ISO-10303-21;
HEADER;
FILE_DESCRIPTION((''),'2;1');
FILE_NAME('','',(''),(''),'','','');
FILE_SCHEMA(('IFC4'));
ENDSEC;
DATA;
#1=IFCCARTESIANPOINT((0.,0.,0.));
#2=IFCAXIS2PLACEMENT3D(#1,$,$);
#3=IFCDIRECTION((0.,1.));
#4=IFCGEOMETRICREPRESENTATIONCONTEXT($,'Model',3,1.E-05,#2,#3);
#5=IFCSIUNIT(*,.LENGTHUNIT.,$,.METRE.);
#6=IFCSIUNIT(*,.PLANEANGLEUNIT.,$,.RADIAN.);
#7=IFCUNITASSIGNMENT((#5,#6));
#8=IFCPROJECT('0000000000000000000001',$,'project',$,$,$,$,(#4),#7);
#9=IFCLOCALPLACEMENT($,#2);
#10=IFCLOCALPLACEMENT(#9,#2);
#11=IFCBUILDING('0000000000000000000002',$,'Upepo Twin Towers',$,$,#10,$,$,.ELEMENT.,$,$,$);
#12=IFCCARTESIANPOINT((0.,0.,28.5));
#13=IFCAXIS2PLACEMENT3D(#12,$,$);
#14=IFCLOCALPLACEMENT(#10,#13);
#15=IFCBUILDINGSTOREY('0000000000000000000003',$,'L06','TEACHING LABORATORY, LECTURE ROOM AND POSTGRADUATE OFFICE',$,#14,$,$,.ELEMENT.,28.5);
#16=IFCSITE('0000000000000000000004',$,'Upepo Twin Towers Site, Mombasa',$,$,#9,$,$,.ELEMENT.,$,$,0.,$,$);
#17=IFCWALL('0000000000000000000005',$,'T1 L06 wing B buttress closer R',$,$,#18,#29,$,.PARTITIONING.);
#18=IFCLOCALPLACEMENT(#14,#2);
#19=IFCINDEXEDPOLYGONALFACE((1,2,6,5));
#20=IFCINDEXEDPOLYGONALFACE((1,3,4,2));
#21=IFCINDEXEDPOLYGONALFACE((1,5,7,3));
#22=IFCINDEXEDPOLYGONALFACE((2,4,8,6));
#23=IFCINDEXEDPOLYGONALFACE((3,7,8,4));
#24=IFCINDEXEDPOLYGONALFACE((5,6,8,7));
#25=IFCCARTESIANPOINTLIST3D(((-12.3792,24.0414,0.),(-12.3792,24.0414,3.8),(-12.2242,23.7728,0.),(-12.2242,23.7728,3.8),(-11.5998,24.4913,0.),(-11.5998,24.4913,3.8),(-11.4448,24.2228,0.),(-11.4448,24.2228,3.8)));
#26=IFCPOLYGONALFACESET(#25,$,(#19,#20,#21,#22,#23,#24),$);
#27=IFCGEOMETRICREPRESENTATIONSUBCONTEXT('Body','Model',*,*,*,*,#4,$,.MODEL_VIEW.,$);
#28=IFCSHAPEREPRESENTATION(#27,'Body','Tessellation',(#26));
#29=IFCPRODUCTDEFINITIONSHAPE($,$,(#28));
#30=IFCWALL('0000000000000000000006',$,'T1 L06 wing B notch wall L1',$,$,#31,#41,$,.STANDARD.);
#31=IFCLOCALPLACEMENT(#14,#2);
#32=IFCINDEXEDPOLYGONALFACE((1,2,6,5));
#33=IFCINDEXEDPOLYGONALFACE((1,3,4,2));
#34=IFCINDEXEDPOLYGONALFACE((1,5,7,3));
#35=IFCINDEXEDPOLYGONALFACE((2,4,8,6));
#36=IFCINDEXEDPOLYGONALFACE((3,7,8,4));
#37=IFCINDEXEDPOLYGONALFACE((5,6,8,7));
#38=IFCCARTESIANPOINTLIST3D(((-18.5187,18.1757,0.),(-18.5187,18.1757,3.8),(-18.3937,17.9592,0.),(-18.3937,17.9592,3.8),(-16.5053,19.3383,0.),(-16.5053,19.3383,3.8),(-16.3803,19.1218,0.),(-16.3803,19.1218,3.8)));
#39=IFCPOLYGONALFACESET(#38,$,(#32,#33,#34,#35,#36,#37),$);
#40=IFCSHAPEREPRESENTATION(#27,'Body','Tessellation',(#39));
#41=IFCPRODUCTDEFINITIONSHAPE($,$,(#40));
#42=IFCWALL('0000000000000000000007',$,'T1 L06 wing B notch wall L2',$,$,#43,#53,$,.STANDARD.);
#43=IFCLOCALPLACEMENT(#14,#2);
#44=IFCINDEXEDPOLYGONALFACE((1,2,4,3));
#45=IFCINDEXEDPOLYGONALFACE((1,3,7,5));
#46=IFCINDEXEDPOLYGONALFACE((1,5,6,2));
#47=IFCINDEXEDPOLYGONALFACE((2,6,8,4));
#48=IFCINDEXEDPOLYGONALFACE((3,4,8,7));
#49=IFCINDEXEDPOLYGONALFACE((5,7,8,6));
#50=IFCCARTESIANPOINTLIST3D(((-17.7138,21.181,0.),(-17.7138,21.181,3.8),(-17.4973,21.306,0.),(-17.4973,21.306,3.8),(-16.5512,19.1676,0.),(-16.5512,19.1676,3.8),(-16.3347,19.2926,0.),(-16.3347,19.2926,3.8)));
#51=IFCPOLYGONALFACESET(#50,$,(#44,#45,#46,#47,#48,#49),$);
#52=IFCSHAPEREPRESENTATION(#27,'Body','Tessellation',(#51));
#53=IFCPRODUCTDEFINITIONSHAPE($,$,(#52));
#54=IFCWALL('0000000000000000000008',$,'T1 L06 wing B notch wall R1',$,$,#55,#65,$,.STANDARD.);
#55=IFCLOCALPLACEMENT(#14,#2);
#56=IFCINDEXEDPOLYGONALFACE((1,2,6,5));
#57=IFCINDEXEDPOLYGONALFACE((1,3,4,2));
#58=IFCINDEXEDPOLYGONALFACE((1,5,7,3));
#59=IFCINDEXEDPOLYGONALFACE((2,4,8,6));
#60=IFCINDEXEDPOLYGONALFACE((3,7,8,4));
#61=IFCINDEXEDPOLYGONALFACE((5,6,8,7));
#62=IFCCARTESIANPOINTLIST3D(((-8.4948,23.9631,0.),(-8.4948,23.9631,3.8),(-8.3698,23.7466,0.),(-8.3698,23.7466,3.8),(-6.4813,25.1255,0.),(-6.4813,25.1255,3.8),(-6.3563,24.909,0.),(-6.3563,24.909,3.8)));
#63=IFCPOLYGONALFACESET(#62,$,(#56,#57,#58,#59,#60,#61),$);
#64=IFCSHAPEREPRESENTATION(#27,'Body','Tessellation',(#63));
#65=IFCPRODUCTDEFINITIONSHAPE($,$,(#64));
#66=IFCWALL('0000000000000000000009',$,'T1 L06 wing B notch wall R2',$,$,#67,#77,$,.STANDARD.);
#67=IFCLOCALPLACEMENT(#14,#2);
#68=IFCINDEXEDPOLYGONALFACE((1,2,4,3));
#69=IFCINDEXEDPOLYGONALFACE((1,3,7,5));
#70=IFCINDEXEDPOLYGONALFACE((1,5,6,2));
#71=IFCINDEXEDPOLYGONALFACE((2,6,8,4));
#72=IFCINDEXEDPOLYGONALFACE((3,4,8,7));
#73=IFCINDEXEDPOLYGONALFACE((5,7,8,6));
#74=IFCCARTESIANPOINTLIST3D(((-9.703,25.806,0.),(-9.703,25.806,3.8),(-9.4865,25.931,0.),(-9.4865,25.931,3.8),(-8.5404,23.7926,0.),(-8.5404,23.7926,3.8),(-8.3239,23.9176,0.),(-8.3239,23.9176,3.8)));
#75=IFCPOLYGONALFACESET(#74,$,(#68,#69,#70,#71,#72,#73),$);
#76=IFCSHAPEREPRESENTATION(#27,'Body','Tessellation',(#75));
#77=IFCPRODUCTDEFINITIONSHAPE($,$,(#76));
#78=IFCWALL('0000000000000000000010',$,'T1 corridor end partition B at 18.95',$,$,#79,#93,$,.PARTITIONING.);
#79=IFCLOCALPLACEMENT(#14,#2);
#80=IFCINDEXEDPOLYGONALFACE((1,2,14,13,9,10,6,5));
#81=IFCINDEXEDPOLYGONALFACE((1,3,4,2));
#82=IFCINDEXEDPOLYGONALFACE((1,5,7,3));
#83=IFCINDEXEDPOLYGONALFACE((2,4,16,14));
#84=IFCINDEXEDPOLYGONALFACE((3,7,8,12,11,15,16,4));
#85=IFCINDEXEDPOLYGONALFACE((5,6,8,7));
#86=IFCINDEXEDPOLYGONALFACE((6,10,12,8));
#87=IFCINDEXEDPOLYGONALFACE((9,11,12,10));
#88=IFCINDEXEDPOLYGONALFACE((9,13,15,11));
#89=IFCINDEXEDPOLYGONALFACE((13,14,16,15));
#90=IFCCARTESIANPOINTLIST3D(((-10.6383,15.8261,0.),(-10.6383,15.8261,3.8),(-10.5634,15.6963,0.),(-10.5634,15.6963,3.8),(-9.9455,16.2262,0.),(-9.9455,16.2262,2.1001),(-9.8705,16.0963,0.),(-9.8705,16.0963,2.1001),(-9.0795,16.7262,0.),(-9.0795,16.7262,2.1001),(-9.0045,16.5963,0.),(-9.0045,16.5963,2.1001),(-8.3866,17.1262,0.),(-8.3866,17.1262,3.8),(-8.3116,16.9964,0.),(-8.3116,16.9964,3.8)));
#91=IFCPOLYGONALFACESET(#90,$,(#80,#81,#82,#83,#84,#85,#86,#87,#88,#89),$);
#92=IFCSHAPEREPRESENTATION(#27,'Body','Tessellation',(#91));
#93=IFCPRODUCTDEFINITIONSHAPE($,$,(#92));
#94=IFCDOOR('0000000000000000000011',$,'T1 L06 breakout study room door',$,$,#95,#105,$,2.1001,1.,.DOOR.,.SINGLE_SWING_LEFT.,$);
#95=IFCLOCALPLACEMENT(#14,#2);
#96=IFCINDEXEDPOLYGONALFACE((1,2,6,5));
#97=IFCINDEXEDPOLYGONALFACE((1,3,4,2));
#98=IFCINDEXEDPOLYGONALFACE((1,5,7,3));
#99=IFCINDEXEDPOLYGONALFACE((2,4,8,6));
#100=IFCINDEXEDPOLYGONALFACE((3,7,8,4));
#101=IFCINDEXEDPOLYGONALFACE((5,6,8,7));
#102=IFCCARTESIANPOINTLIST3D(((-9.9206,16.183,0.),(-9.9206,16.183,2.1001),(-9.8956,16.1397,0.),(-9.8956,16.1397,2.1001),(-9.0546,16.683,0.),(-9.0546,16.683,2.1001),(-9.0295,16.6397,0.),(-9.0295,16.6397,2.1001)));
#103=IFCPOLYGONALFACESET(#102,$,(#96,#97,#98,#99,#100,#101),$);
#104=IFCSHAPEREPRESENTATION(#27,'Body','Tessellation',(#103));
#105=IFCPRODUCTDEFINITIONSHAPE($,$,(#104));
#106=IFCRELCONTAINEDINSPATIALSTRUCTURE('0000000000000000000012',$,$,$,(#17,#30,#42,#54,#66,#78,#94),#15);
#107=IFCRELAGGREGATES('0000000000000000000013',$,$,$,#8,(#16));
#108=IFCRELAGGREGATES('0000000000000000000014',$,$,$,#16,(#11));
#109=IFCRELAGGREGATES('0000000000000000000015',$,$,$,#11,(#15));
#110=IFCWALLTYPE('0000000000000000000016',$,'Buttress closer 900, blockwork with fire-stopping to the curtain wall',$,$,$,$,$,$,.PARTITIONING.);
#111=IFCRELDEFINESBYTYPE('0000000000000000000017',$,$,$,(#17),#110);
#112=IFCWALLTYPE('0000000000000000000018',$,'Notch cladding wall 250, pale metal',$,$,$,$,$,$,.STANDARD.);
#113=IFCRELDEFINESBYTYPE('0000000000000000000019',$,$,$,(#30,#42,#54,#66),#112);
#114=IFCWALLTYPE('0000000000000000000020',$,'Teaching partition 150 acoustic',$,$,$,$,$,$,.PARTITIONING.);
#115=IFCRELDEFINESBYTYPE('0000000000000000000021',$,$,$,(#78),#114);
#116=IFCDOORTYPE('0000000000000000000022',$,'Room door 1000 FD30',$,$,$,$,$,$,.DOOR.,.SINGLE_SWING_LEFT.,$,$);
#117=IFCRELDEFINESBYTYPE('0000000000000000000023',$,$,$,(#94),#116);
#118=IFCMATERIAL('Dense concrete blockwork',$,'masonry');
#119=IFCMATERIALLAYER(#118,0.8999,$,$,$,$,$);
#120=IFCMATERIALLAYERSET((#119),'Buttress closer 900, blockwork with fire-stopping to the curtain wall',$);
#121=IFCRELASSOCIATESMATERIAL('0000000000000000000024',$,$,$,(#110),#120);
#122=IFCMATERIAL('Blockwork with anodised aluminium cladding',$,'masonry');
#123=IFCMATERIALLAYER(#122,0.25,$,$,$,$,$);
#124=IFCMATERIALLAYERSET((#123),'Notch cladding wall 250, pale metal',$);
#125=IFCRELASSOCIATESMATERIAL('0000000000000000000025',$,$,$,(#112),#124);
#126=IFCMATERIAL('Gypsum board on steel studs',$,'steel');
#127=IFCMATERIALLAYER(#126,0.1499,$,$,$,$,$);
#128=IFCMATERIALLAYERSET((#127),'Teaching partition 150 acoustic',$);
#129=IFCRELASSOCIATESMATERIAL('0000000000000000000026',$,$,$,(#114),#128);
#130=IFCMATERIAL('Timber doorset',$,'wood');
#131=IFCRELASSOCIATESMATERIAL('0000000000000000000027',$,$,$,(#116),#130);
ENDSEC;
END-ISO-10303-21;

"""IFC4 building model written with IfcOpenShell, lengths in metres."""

from ifc_helpers import new_model, si_unit, direction, frame, frame_2d, origin, place, context, subcontext, project, spatial, rectangle, extrude, material, layer, layer_set, type_object, element, fill, save


model = new_model("IFC4")

# Units and contexts
model_context = context("Model", 3, precision=1e-05, world=origin(), true_north=direction((0.0, 1.0)))
body_context = subcontext(model_context, "Body", "Model", "MODEL_VIEW")
ifc_project = project(units=[si_unit("LENGTHUNIT", "METRE"), si_unit("PLANEANGLEUNIT", "RADIAN")], contexts=[model_context])

# Site, building, storey
site_placement = place(None, origin())
site = spatial("IfcSite", under=ifc_project, at=site_placement, Name="Upepo Twin Towers Site, Mombasa", CompositionType="ELEMENT", RefElevation=0.0)
building_placement = place(site_placement, origin())
building = spatial("IfcBuilding", under=site, at=building_placement, Name="Upepo Twin Towers", CompositionType="ELEMENT")
storey_placement = place(building_placement, frame((0.0, 0.0, 28.5)))
storey = spatial("IfcBuildingStorey", under=building, at=storey_placement, Name="L06", Description="TEACHING LABORATORY, LECTURE ROOM AND POSTGRADUATE OFFICE", CompositionType="ELEMENT", Elevation=28.5)

# Walls
ifc_material_1 = material(Name="Dense concrete blockwork", Category="masonry")
ifc_layer_1 = layer(ifc_material_1, 0.8999)
ifc_layer_set_1 = layer_set([ifc_layer_1], Name="Buttress closer 900, blockwork with fire-stopping to the curtain wall")
wall_type_1 = type_object("IfcWallType", Name="Buttress closer 900, blockwork with fire-stopping to the curtain wall", PredefinedType="PARTITIONING", material=ifc_layer_set_1)
for number, where, z_axis, x_axis, name in (
    (1, (-11.8345, 23.9978, 0.0), (0.0, 0.0, 1.0), (-0.49995, 0.866054, 0.0), "T1 L06 wing B buttress closer R"),
):
    element("IfcWall", number, at=place(storey_placement, frame(where, z_axis=z_axis, x_axis=x_axis)), inside=storey, type_object=wall_type_1, Name=name, PredefinedType="PARTITIONING", context=body_context, shape_type="SweptSolid", body=[
        extrude(rectangle(XDim=0.3101, YDim=0.8999, at=frame_2d((0.155, 0.0))), origin(), (0.0, 0.0, 1.0), 3.8),
    ])
ifc_material_2 = material(Name="Blockwork with anodised aluminium cladding", Category="masonry")
ifc_layer_2 = layer(ifc_material_2, 0.25)
ifc_layer_set_2 = layer_set([ifc_layer_2], Name="Notch cladding wall 250, pale metal")
wall_type_2 = type_object("IfcWallType", Name="Notch cladding wall 250, pale metal", PredefinedType="STANDARD", material=ifc_layer_set_2)
for number, where, z_axis, x_axis, name in (
    (2, (-18.4563, 18.0674, 0.0), (0.0, 0.0, 1.0), (0.865998, 0.500047, 0.0), "T1 L06 wing B notch wall L1"),
    (3, (-16.4429, 19.23, 0.0), (0.0, 0.0, 1.0), (-0.500047, 0.865998, 0.0), "T1 L06 wing B notch wall L2"),
    (4, (-6.4187, 25.0173, 0.0), (0.0, 0.0, 1.0), (-0.866044, -0.499968, 0.0), "T1 L06 wing B notch wall R1"),
    (5, (-8.4321, 23.855, 0.0), (0.0, 0.0, 1.0), (-0.500047, 0.865998, 0.0), "T1 L06 wing B notch wall R2"),
):
    element("IfcWall", number, at=place(storey_placement, frame(where, z_axis=z_axis, x_axis=x_axis)), inside=storey, type_object=wall_type_2, Name=name, PredefinedType="STANDARD", context=body_context, shape_type="SweptSolid", body=[
        extrude(rectangle(XDim=2.325, YDim=0.25, at=frame_2d((1.1626, 0.0))), origin(), (0.0, 0.0, 1.0), 3.8),
    ])

# Wall, opening, door
ifc_material_3 = material(Name="Gypsum board on steel studs", Category="steel")
ifc_layer_3 = layer(ifc_material_3, 0.1499)
ifc_layer_set_3 = layer_set([ifc_layer_3], Name="Teaching partition 150 acoustic")
wall_type_3 = type_object("IfcWallType", Name="Teaching partition 150 acoustic", PredefinedType="PARTITIONING", material=ifc_layer_set_3)
wall_placement = place(storey_placement, frame((-8.3491, 17.0613, 0.0), z_axis=(0.0, 0.0, 1.0), x_axis=(-0.866021, -0.500007, 0.0)))
wall = element("IfcWall", 6, at=wall_placement, inside=storey, type_object=wall_type_3, Name="T1 corridor end partition B at 18.95", PredefinedType="PARTITIONING", context=body_context, shape_type="SweptSolid", body=[
    extrude(rectangle(XDim=2.6001, YDim=0.1499, at=frame_2d((1.3, 0.0))), origin(), (0.0, 0.0, 1.0), 3.8),
])
opening_placement = place(wall_placement, frame((0.8, 0.0, 0.0)))
opening = element("IfcOpeningElement", 7, at=opening_placement, cuts=wall, PredefinedType="OPENING", context=body_context, shape_type="SweptSolid", body=[
    extrude(rectangle(XDim=1.0, YDim=2.1001, at=frame_2d((0.5, 1.05))), frame((0.0, 0.085, 0.0), z_axis=(0.0, -1.0, 0.0), x_axis=(1.0, 0.0, 0.0)), (0.0, 0.0, 1.0), 0.1699),
])
ifc_material_4 = material(Name="Timber doorset", Category="wood")
door_type = type_object("IfcDoorType", Name="Room door 1000 FD30", OperationType="SINGLE_SWING_LEFT", PredefinedType="DOOR", material=ifc_material_4)
door_placement = place(opening_placement, origin())
door = element("IfcDoor", 8, at=door_placement, inside=storey, type_object=door_type, Name="T1 L06 breakout study room door", OperationType="SINGLE_SWING_LEFT", OverallHeight=2.1001, OverallWidth=1.0, PredefinedType="DOOR", context=body_context, shape_type="SweptSolid", body=[
    extrude(rectangle(XDim=1.0, YDim=2.1001, at=frame_2d((0.5, 1.05))), frame((0.0, 0.0249, 0.0), z_axis=(0.0, -1.0, 0.0), x_axis=(1.0, 0.0, 0.0)), (0.0, 0.0, 1.0), 0.05),
])
fill(opening, door)

save(model, "model.ifc")
